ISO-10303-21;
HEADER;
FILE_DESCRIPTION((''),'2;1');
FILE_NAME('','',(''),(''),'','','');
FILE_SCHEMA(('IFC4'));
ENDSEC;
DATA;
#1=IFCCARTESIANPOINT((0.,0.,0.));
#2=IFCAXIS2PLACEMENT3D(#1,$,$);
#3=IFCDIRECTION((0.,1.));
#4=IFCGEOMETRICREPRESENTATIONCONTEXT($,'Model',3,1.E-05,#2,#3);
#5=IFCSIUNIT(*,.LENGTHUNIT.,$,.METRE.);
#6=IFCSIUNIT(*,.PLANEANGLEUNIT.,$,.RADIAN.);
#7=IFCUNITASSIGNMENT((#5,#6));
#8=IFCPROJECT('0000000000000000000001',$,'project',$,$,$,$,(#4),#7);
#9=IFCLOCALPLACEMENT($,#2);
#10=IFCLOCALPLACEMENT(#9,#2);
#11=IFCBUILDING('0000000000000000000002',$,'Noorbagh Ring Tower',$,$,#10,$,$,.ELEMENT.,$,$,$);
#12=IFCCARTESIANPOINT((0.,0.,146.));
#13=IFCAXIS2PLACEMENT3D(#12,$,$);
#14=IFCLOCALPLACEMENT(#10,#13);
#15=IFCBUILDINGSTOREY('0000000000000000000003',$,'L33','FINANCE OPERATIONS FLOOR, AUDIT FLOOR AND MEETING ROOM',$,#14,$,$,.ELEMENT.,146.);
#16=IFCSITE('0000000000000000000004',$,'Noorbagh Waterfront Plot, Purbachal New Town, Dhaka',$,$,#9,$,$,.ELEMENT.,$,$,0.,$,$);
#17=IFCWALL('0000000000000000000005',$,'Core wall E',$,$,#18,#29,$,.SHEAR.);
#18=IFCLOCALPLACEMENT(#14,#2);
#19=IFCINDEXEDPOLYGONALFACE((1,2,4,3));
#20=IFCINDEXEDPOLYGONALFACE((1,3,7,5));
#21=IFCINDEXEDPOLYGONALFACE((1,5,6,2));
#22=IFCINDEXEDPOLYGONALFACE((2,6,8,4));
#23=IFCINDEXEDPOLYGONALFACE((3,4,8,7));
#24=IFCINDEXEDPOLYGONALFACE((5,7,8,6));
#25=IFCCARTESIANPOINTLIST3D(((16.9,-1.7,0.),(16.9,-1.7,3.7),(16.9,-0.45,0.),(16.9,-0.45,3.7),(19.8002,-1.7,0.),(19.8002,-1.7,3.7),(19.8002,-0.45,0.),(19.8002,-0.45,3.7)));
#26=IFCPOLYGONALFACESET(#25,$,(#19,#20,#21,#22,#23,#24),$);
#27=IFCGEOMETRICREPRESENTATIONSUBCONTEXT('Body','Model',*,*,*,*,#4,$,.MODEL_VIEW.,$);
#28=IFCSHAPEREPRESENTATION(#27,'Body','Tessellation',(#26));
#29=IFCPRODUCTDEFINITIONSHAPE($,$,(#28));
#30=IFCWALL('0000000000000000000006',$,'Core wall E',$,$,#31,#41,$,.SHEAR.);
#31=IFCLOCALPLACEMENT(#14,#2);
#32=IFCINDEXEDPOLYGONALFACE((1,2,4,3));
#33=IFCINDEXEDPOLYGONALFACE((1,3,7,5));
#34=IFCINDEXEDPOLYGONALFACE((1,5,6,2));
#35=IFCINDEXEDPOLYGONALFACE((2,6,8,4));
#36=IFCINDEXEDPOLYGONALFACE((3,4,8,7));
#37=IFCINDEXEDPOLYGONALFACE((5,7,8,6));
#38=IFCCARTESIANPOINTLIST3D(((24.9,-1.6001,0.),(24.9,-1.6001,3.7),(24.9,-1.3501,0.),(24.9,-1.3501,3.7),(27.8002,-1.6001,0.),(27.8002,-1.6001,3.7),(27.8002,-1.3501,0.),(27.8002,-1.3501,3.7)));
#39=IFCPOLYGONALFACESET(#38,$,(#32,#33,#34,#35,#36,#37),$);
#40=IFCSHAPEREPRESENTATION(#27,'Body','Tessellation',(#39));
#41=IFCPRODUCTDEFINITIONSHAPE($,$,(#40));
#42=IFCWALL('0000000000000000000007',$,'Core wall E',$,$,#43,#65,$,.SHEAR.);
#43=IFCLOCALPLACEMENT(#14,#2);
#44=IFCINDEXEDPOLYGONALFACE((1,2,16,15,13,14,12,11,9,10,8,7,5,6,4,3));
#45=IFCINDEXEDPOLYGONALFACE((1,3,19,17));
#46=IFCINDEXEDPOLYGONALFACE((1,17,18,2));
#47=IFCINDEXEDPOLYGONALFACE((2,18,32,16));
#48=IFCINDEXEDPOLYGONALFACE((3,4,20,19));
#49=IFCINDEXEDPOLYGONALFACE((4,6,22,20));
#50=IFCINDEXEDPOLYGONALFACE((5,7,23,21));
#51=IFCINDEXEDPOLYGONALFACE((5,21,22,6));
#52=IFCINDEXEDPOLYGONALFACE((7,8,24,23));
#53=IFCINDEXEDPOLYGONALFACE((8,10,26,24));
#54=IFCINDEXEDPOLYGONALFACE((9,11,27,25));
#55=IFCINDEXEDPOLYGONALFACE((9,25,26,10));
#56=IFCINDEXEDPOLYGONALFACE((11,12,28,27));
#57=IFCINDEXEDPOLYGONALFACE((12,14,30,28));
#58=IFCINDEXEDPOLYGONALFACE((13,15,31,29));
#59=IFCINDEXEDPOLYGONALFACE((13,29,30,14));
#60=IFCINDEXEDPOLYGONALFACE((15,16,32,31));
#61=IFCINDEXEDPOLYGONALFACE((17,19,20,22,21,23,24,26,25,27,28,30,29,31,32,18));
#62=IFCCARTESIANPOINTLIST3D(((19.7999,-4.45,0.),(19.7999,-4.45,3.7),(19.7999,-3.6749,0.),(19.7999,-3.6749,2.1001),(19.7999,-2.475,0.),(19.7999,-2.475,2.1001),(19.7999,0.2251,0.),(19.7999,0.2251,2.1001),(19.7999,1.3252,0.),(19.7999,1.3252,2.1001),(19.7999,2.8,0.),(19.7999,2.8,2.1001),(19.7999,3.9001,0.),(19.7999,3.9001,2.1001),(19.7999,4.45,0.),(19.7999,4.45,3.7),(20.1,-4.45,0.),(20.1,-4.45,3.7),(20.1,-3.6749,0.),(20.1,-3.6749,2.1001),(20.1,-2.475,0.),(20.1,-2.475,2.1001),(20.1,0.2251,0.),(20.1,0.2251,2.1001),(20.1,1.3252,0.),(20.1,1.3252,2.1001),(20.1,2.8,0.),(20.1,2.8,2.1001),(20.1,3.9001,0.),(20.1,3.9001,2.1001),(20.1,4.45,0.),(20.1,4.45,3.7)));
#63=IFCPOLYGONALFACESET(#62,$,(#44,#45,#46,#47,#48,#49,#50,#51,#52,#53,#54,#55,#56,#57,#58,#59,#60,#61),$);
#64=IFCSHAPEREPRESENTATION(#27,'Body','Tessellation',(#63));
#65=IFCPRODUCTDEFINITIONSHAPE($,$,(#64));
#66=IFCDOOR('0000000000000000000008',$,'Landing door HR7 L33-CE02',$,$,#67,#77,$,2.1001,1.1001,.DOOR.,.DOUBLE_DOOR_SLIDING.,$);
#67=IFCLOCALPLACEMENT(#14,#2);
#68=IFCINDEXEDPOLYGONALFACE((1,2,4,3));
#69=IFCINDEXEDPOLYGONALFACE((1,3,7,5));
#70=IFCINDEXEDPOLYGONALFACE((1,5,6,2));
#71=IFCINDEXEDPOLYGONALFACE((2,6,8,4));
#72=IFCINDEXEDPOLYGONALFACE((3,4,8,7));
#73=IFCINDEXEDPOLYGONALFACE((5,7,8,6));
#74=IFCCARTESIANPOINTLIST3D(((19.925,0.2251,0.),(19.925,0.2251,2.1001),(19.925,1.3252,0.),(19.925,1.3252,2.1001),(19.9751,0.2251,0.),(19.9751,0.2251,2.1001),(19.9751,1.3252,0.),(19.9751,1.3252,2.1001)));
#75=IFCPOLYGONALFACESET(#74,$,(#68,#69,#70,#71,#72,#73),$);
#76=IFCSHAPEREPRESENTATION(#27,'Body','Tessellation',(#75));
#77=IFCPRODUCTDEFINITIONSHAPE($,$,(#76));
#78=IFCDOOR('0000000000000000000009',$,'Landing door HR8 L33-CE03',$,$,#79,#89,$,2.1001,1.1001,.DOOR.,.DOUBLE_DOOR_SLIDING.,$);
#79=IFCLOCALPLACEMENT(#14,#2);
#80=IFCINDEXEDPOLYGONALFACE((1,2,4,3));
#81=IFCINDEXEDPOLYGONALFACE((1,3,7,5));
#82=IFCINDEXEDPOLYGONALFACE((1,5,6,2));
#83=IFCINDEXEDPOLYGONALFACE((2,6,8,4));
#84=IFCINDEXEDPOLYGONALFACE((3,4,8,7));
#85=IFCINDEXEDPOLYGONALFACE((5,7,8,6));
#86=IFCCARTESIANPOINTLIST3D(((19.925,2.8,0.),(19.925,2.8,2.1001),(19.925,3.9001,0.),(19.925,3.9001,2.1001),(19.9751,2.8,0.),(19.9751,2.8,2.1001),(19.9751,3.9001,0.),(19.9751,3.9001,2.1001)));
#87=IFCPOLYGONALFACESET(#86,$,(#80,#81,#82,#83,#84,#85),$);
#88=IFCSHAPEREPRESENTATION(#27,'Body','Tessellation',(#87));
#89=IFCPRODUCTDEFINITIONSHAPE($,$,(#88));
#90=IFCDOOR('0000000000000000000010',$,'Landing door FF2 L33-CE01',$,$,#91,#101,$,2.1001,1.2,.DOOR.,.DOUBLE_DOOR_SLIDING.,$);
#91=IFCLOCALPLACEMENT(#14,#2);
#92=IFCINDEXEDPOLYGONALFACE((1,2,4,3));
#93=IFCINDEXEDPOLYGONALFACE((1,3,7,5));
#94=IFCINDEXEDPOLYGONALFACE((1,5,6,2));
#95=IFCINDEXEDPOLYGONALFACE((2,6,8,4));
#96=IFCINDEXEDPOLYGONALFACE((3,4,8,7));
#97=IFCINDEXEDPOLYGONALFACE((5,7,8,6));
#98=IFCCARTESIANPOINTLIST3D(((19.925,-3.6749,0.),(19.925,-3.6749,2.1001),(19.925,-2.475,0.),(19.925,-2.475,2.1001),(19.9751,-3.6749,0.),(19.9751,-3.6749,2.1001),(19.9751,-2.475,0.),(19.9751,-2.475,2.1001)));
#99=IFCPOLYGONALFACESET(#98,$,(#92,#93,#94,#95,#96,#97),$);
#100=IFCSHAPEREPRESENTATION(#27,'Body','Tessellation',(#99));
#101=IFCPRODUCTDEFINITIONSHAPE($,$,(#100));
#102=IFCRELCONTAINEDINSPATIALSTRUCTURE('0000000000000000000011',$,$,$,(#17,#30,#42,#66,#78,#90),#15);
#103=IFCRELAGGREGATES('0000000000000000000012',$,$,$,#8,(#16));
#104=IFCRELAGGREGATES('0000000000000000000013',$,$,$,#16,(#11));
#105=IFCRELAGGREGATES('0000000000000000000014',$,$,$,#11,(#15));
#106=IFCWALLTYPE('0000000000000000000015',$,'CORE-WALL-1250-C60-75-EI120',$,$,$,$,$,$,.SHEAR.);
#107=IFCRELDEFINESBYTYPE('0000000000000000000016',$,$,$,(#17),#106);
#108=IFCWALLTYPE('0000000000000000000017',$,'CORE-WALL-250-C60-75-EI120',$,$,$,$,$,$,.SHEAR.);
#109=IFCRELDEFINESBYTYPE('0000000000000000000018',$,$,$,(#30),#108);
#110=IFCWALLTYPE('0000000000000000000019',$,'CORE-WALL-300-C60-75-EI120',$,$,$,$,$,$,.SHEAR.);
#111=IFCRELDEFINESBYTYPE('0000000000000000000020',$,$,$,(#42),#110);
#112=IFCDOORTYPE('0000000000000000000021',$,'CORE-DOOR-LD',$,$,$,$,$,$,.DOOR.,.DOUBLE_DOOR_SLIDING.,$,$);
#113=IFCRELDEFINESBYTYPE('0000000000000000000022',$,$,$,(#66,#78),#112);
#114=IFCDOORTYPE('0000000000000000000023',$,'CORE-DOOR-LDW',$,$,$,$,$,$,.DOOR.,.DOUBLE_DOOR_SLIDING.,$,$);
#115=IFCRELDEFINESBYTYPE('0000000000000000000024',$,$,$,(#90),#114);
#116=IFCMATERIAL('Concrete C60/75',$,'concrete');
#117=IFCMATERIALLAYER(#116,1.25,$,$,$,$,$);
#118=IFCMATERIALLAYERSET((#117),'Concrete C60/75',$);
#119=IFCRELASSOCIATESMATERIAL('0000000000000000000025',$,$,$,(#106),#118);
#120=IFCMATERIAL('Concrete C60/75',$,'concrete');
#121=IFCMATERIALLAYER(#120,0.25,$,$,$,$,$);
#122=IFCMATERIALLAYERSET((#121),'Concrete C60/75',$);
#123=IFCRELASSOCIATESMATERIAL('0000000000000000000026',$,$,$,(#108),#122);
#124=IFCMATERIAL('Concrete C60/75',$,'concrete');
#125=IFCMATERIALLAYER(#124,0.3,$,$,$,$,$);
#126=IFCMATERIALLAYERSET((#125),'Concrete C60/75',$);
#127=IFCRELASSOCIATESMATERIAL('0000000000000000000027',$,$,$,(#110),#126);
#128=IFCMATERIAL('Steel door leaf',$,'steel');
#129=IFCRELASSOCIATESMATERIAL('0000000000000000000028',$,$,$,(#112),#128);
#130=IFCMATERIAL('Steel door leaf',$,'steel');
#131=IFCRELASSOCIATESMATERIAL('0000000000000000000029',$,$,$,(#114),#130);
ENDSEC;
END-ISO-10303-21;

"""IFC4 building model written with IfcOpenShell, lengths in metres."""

from ifc_helpers import new_model, si_unit, direction, frame, frame_2d, origin, place, context, subcontext, project, spatial, rectangle, extrude, material, layer, layer_set, type_object, element, fill, save


model = new_model("IFC4")

# Units and contexts
model_context = context("Model", 3, precision=1e-05, world=origin(), true_north=direction((0.0, 1.0)))
body_context = subcontext(model_context, "Body", "Model", "MODEL_VIEW")
ifc_project = project(units=[si_unit("LENGTHUNIT", "METRE"), si_unit("PLANEANGLEUNIT", "RADIAN")], contexts=[model_context])

# Site, building, storey
site_placement = place(None, origin())
site = spatial("IfcSite", under=ifc_project, at=site_placement, Name="Noorbagh Waterfront Plot, Purbachal New Town, Dhaka", CompositionType="ELEMENT", RefElevation=0.0)
building_placement = place(site_placement, origin())
building = spatial("IfcBuilding", under=site, at=building_placement, Name="Noorbagh Ring Tower", CompositionType="ELEMENT")
storey_placement = place(building_placement, frame((0.0, 0.0, 146.0)))
storey = spatial("IfcBuildingStorey", under=building, at=storey_placement, Name="L33", Description="FINANCE OPERATIONS FLOOR, AUDIT FLOOR AND MEETING ROOM", CompositionType="ELEMENT", Elevation=146.0)

# Walls
ifc_material_1 = material(Name="Concrete C60/75", Category="concrete")
ifc_layer_1 = layer(ifc_material_1, 1.25)
ifc_layer_set_1 = layer_set([ifc_layer_1], Name="Concrete C60/75")
wall_type_1 = type_object("IfcWallType", Name="CORE-WALL-1250-C60-75-EI120", PredefinedType="SHEAR", material=ifc_layer_set_1)
wall_1_placement = place(storey_placement, frame((16.8999, -1.075, 0.0), z_axis=(0.0, 0.0, 1.0), x_axis=(1.0, 0.0, 0.0)))
element("IfcWall", 1, at=wall_1_placement, inside=storey, type_object=wall_type_1, Name="Core wall E", PredefinedType="SHEAR", context=body_context, shape_type="SweptSolid", body=[
    extrude(rectangle(XDim=2.9001, YDim=1.25, at=frame_2d((1.4502, 0.0))), origin(), (0.0, 0.0, 1.0), 3.7),
])
ifc_material_2 = material(Name="Concrete C60/75", Category="concrete")
ifc_layer_2 = layer(ifc_material_2, 0.25)
ifc_layer_set_2 = layer_set([ifc_layer_2], Name="Concrete C60/75")
wall_type_2 = type_object("IfcWallType", Name="CORE-WALL-250-C60-75-EI120", PredefinedType="SHEAR", material=ifc_layer_set_2)
wall_2_placement = place(storey_placement, frame((24.8999, -1.4751, 0.0), z_axis=(0.0, 0.0, 1.0), x_axis=(1.0, 0.0, 0.0)))
element("IfcWall", 2, at=wall_2_placement, inside=storey, type_object=wall_type_2, Name="Core wall E", PredefinedType="SHEAR", context=body_context, shape_type="SweptSolid", body=[
    extrude(rectangle(XDim=2.9001, YDim=0.25, at=frame_2d((1.4502, 0.0))), origin(), (0.0, 0.0, 1.0), 3.7),
])

# Wall, openings, doors
ifc_material_3 = material(Name="Concrete C60/75", Category="concrete")
ifc_layer_3 = layer(ifc_material_3, 0.3)
ifc_layer_set_3 = layer_set([ifc_layer_3], Name="Concrete C60/75")
wall_type_3 = type_object("IfcWallType", Name="CORE-WALL-300-C60-75-EI120", PredefinedType="SHEAR", material=ifc_layer_set_3)
wall_3_placement = place(storey_placement, frame((19.95, -4.45, 0.0), z_axis=(0.0, 0.0, 1.0), x_axis=(0.0, 1.0, 0.0)))
wall_3 = element("IfcWall", 3, at=wall_3_placement, inside=storey, type_object=wall_type_3, Name="Core wall E", PredefinedType="SHEAR", context=body_context, shape_type="SweptSolid", body=[
    extrude(rectangle(XDim=8.8999, YDim=0.3, at=frame_2d((4.45, 0.0))), origin(), (0.0, 0.0, 1.0), 3.7),
])
opening_1_placement = place(wall_3_placement, frame((0.7749, 0.0, 0.0)))
opening_1 = element("IfcOpeningElement", 4, at=opening_1_placement, cuts=wall_3, PredefinedType="OPENING", context=body_context, shape_type="SweptSolid", body=[
    extrude(rectangle(XDim=1.2, YDim=2.1001, at=frame_2d((0.6001, 1.05))), frame((0.0, 0.1602, 0.0), z_axis=(0.0, -1.0, 0.0), x_axis=(1.0, 0.0, 0.0)), (0.0, 0.0, 1.0), 0.3201),
])
opening_2_placement = place(wall_3_placement, frame((4.675, 0.0, 0.0)))
opening_2 = element("IfcOpeningElement", 5, at=opening_2_placement, cuts=wall_3, PredefinedType="OPENING", context=body_context, shape_type="SweptSolid", body=[
    extrude(rectangle(XDim=1.1001, YDim=2.1001, at=frame_2d((0.55, 1.05))), frame((0.0, 0.1602, 0.0), z_axis=(0.0, -1.0, 0.0), x_axis=(1.0, 0.0, 0.0)), (0.0, 0.0, 1.0), 0.3201),
])
opening_3_placement = place(wall_3_placement, frame((7.25, 0.0, 0.0)))
opening_3 = element("IfcOpeningElement", 6, at=opening_3_placement, cuts=wall_3, PredefinedType="OPENING", context=body_context, shape_type="SweptSolid", body=[
    extrude(rectangle(XDim=1.1001, YDim=2.1001, at=frame_2d((0.55, 1.05))), frame((0.0, 0.1602, 0.0), z_axis=(0.0, -1.0, 0.0), x_axis=(1.0, 0.0, 0.0)), (0.0, 0.0, 1.0), 0.3201),
])
ifc_material_4 = material(Name="Steel door leaf", Category="steel")
door_type_1 = type_object("IfcDoorType", Name="CORE-DOOR-LD", OperationType="DOUBLE_DOOR_SLIDING", PredefinedType="DOOR", material=ifc_material_4)
door_1_placement = place(opening_2_placement, origin())
door_1 = element("IfcDoor", 7, at=door_1_placement, inside=storey, type_object=door_type_1, Name="Landing door HR7 L33-CE02", OperationType="DOUBLE_DOOR_SLIDING", OverallHeight=2.1001, OverallWidth=1.1001, PredefinedType="DOOR", context=body_context, shape_type="SweptSolid", body=[
    extrude(rectangle(XDim=1.1001, YDim=2.1001, at=frame_2d((0.55, 1.05))), frame((0.0, 0.0249, 0.0), z_axis=(0.0, -1.0, 0.0), x_axis=(1.0, 0.0, 0.0)), (0.0, 0.0, 1.0), 0.05),
])
fill(opening_2, door_1)
door_2_placement = place(opening_3_placement, origin())
door_2 = element("IfcDoor", 8, at=door_2_placement, inside=storey, type_object=door_type_1, Name="Landing door HR8 L33-CE03", OperationType="DOUBLE_DOOR_SLIDING", OverallHeight=2.1001, OverallWidth=1.1001, PredefinedType="DOOR", context=body_context, shape_type="SweptSolid", body=[
    extrude(rectangle(XDim=1.1001, YDim=2.1001, at=frame_2d((0.55, 1.05))), frame((0.0, 0.0249, 0.0), z_axis=(0.0, -1.0, 0.0), x_axis=(1.0, 0.0, 0.0)), (0.0, 0.0, 1.0), 0.05),
])
fill(opening_3, door_2)
ifc_material_5 = material(Name="Steel door leaf", Category="steel")
door_type_2 = type_object("IfcDoorType", Name="CORE-DOOR-LDW", OperationType="DOUBLE_DOOR_SLIDING", PredefinedType="DOOR", material=ifc_material_5)
door_3_placement = place(opening_1_placement, origin())
door_3 = element("IfcDoor", 9, at=door_3_placement, inside=storey, type_object=door_type_2, Name="Landing door FF2 L33-CE01", OperationType="DOUBLE_DOOR_SLIDING", OverallHeight=2.1001, OverallWidth=1.2, PredefinedType="DOOR", context=body_context, shape_type="SweptSolid", body=[
    extrude(rectangle(XDim=1.2, YDim=2.1001, at=frame_2d((0.6001, 1.05))), frame((0.0, 0.0249, 0.0), z_axis=(0.0, -1.0, 0.0), x_axis=(1.0, 0.0, 0.0)), (0.0, 0.0, 1.0), 0.05),
])
fill(opening_1, door_3)

save(model, "model.ifc")
